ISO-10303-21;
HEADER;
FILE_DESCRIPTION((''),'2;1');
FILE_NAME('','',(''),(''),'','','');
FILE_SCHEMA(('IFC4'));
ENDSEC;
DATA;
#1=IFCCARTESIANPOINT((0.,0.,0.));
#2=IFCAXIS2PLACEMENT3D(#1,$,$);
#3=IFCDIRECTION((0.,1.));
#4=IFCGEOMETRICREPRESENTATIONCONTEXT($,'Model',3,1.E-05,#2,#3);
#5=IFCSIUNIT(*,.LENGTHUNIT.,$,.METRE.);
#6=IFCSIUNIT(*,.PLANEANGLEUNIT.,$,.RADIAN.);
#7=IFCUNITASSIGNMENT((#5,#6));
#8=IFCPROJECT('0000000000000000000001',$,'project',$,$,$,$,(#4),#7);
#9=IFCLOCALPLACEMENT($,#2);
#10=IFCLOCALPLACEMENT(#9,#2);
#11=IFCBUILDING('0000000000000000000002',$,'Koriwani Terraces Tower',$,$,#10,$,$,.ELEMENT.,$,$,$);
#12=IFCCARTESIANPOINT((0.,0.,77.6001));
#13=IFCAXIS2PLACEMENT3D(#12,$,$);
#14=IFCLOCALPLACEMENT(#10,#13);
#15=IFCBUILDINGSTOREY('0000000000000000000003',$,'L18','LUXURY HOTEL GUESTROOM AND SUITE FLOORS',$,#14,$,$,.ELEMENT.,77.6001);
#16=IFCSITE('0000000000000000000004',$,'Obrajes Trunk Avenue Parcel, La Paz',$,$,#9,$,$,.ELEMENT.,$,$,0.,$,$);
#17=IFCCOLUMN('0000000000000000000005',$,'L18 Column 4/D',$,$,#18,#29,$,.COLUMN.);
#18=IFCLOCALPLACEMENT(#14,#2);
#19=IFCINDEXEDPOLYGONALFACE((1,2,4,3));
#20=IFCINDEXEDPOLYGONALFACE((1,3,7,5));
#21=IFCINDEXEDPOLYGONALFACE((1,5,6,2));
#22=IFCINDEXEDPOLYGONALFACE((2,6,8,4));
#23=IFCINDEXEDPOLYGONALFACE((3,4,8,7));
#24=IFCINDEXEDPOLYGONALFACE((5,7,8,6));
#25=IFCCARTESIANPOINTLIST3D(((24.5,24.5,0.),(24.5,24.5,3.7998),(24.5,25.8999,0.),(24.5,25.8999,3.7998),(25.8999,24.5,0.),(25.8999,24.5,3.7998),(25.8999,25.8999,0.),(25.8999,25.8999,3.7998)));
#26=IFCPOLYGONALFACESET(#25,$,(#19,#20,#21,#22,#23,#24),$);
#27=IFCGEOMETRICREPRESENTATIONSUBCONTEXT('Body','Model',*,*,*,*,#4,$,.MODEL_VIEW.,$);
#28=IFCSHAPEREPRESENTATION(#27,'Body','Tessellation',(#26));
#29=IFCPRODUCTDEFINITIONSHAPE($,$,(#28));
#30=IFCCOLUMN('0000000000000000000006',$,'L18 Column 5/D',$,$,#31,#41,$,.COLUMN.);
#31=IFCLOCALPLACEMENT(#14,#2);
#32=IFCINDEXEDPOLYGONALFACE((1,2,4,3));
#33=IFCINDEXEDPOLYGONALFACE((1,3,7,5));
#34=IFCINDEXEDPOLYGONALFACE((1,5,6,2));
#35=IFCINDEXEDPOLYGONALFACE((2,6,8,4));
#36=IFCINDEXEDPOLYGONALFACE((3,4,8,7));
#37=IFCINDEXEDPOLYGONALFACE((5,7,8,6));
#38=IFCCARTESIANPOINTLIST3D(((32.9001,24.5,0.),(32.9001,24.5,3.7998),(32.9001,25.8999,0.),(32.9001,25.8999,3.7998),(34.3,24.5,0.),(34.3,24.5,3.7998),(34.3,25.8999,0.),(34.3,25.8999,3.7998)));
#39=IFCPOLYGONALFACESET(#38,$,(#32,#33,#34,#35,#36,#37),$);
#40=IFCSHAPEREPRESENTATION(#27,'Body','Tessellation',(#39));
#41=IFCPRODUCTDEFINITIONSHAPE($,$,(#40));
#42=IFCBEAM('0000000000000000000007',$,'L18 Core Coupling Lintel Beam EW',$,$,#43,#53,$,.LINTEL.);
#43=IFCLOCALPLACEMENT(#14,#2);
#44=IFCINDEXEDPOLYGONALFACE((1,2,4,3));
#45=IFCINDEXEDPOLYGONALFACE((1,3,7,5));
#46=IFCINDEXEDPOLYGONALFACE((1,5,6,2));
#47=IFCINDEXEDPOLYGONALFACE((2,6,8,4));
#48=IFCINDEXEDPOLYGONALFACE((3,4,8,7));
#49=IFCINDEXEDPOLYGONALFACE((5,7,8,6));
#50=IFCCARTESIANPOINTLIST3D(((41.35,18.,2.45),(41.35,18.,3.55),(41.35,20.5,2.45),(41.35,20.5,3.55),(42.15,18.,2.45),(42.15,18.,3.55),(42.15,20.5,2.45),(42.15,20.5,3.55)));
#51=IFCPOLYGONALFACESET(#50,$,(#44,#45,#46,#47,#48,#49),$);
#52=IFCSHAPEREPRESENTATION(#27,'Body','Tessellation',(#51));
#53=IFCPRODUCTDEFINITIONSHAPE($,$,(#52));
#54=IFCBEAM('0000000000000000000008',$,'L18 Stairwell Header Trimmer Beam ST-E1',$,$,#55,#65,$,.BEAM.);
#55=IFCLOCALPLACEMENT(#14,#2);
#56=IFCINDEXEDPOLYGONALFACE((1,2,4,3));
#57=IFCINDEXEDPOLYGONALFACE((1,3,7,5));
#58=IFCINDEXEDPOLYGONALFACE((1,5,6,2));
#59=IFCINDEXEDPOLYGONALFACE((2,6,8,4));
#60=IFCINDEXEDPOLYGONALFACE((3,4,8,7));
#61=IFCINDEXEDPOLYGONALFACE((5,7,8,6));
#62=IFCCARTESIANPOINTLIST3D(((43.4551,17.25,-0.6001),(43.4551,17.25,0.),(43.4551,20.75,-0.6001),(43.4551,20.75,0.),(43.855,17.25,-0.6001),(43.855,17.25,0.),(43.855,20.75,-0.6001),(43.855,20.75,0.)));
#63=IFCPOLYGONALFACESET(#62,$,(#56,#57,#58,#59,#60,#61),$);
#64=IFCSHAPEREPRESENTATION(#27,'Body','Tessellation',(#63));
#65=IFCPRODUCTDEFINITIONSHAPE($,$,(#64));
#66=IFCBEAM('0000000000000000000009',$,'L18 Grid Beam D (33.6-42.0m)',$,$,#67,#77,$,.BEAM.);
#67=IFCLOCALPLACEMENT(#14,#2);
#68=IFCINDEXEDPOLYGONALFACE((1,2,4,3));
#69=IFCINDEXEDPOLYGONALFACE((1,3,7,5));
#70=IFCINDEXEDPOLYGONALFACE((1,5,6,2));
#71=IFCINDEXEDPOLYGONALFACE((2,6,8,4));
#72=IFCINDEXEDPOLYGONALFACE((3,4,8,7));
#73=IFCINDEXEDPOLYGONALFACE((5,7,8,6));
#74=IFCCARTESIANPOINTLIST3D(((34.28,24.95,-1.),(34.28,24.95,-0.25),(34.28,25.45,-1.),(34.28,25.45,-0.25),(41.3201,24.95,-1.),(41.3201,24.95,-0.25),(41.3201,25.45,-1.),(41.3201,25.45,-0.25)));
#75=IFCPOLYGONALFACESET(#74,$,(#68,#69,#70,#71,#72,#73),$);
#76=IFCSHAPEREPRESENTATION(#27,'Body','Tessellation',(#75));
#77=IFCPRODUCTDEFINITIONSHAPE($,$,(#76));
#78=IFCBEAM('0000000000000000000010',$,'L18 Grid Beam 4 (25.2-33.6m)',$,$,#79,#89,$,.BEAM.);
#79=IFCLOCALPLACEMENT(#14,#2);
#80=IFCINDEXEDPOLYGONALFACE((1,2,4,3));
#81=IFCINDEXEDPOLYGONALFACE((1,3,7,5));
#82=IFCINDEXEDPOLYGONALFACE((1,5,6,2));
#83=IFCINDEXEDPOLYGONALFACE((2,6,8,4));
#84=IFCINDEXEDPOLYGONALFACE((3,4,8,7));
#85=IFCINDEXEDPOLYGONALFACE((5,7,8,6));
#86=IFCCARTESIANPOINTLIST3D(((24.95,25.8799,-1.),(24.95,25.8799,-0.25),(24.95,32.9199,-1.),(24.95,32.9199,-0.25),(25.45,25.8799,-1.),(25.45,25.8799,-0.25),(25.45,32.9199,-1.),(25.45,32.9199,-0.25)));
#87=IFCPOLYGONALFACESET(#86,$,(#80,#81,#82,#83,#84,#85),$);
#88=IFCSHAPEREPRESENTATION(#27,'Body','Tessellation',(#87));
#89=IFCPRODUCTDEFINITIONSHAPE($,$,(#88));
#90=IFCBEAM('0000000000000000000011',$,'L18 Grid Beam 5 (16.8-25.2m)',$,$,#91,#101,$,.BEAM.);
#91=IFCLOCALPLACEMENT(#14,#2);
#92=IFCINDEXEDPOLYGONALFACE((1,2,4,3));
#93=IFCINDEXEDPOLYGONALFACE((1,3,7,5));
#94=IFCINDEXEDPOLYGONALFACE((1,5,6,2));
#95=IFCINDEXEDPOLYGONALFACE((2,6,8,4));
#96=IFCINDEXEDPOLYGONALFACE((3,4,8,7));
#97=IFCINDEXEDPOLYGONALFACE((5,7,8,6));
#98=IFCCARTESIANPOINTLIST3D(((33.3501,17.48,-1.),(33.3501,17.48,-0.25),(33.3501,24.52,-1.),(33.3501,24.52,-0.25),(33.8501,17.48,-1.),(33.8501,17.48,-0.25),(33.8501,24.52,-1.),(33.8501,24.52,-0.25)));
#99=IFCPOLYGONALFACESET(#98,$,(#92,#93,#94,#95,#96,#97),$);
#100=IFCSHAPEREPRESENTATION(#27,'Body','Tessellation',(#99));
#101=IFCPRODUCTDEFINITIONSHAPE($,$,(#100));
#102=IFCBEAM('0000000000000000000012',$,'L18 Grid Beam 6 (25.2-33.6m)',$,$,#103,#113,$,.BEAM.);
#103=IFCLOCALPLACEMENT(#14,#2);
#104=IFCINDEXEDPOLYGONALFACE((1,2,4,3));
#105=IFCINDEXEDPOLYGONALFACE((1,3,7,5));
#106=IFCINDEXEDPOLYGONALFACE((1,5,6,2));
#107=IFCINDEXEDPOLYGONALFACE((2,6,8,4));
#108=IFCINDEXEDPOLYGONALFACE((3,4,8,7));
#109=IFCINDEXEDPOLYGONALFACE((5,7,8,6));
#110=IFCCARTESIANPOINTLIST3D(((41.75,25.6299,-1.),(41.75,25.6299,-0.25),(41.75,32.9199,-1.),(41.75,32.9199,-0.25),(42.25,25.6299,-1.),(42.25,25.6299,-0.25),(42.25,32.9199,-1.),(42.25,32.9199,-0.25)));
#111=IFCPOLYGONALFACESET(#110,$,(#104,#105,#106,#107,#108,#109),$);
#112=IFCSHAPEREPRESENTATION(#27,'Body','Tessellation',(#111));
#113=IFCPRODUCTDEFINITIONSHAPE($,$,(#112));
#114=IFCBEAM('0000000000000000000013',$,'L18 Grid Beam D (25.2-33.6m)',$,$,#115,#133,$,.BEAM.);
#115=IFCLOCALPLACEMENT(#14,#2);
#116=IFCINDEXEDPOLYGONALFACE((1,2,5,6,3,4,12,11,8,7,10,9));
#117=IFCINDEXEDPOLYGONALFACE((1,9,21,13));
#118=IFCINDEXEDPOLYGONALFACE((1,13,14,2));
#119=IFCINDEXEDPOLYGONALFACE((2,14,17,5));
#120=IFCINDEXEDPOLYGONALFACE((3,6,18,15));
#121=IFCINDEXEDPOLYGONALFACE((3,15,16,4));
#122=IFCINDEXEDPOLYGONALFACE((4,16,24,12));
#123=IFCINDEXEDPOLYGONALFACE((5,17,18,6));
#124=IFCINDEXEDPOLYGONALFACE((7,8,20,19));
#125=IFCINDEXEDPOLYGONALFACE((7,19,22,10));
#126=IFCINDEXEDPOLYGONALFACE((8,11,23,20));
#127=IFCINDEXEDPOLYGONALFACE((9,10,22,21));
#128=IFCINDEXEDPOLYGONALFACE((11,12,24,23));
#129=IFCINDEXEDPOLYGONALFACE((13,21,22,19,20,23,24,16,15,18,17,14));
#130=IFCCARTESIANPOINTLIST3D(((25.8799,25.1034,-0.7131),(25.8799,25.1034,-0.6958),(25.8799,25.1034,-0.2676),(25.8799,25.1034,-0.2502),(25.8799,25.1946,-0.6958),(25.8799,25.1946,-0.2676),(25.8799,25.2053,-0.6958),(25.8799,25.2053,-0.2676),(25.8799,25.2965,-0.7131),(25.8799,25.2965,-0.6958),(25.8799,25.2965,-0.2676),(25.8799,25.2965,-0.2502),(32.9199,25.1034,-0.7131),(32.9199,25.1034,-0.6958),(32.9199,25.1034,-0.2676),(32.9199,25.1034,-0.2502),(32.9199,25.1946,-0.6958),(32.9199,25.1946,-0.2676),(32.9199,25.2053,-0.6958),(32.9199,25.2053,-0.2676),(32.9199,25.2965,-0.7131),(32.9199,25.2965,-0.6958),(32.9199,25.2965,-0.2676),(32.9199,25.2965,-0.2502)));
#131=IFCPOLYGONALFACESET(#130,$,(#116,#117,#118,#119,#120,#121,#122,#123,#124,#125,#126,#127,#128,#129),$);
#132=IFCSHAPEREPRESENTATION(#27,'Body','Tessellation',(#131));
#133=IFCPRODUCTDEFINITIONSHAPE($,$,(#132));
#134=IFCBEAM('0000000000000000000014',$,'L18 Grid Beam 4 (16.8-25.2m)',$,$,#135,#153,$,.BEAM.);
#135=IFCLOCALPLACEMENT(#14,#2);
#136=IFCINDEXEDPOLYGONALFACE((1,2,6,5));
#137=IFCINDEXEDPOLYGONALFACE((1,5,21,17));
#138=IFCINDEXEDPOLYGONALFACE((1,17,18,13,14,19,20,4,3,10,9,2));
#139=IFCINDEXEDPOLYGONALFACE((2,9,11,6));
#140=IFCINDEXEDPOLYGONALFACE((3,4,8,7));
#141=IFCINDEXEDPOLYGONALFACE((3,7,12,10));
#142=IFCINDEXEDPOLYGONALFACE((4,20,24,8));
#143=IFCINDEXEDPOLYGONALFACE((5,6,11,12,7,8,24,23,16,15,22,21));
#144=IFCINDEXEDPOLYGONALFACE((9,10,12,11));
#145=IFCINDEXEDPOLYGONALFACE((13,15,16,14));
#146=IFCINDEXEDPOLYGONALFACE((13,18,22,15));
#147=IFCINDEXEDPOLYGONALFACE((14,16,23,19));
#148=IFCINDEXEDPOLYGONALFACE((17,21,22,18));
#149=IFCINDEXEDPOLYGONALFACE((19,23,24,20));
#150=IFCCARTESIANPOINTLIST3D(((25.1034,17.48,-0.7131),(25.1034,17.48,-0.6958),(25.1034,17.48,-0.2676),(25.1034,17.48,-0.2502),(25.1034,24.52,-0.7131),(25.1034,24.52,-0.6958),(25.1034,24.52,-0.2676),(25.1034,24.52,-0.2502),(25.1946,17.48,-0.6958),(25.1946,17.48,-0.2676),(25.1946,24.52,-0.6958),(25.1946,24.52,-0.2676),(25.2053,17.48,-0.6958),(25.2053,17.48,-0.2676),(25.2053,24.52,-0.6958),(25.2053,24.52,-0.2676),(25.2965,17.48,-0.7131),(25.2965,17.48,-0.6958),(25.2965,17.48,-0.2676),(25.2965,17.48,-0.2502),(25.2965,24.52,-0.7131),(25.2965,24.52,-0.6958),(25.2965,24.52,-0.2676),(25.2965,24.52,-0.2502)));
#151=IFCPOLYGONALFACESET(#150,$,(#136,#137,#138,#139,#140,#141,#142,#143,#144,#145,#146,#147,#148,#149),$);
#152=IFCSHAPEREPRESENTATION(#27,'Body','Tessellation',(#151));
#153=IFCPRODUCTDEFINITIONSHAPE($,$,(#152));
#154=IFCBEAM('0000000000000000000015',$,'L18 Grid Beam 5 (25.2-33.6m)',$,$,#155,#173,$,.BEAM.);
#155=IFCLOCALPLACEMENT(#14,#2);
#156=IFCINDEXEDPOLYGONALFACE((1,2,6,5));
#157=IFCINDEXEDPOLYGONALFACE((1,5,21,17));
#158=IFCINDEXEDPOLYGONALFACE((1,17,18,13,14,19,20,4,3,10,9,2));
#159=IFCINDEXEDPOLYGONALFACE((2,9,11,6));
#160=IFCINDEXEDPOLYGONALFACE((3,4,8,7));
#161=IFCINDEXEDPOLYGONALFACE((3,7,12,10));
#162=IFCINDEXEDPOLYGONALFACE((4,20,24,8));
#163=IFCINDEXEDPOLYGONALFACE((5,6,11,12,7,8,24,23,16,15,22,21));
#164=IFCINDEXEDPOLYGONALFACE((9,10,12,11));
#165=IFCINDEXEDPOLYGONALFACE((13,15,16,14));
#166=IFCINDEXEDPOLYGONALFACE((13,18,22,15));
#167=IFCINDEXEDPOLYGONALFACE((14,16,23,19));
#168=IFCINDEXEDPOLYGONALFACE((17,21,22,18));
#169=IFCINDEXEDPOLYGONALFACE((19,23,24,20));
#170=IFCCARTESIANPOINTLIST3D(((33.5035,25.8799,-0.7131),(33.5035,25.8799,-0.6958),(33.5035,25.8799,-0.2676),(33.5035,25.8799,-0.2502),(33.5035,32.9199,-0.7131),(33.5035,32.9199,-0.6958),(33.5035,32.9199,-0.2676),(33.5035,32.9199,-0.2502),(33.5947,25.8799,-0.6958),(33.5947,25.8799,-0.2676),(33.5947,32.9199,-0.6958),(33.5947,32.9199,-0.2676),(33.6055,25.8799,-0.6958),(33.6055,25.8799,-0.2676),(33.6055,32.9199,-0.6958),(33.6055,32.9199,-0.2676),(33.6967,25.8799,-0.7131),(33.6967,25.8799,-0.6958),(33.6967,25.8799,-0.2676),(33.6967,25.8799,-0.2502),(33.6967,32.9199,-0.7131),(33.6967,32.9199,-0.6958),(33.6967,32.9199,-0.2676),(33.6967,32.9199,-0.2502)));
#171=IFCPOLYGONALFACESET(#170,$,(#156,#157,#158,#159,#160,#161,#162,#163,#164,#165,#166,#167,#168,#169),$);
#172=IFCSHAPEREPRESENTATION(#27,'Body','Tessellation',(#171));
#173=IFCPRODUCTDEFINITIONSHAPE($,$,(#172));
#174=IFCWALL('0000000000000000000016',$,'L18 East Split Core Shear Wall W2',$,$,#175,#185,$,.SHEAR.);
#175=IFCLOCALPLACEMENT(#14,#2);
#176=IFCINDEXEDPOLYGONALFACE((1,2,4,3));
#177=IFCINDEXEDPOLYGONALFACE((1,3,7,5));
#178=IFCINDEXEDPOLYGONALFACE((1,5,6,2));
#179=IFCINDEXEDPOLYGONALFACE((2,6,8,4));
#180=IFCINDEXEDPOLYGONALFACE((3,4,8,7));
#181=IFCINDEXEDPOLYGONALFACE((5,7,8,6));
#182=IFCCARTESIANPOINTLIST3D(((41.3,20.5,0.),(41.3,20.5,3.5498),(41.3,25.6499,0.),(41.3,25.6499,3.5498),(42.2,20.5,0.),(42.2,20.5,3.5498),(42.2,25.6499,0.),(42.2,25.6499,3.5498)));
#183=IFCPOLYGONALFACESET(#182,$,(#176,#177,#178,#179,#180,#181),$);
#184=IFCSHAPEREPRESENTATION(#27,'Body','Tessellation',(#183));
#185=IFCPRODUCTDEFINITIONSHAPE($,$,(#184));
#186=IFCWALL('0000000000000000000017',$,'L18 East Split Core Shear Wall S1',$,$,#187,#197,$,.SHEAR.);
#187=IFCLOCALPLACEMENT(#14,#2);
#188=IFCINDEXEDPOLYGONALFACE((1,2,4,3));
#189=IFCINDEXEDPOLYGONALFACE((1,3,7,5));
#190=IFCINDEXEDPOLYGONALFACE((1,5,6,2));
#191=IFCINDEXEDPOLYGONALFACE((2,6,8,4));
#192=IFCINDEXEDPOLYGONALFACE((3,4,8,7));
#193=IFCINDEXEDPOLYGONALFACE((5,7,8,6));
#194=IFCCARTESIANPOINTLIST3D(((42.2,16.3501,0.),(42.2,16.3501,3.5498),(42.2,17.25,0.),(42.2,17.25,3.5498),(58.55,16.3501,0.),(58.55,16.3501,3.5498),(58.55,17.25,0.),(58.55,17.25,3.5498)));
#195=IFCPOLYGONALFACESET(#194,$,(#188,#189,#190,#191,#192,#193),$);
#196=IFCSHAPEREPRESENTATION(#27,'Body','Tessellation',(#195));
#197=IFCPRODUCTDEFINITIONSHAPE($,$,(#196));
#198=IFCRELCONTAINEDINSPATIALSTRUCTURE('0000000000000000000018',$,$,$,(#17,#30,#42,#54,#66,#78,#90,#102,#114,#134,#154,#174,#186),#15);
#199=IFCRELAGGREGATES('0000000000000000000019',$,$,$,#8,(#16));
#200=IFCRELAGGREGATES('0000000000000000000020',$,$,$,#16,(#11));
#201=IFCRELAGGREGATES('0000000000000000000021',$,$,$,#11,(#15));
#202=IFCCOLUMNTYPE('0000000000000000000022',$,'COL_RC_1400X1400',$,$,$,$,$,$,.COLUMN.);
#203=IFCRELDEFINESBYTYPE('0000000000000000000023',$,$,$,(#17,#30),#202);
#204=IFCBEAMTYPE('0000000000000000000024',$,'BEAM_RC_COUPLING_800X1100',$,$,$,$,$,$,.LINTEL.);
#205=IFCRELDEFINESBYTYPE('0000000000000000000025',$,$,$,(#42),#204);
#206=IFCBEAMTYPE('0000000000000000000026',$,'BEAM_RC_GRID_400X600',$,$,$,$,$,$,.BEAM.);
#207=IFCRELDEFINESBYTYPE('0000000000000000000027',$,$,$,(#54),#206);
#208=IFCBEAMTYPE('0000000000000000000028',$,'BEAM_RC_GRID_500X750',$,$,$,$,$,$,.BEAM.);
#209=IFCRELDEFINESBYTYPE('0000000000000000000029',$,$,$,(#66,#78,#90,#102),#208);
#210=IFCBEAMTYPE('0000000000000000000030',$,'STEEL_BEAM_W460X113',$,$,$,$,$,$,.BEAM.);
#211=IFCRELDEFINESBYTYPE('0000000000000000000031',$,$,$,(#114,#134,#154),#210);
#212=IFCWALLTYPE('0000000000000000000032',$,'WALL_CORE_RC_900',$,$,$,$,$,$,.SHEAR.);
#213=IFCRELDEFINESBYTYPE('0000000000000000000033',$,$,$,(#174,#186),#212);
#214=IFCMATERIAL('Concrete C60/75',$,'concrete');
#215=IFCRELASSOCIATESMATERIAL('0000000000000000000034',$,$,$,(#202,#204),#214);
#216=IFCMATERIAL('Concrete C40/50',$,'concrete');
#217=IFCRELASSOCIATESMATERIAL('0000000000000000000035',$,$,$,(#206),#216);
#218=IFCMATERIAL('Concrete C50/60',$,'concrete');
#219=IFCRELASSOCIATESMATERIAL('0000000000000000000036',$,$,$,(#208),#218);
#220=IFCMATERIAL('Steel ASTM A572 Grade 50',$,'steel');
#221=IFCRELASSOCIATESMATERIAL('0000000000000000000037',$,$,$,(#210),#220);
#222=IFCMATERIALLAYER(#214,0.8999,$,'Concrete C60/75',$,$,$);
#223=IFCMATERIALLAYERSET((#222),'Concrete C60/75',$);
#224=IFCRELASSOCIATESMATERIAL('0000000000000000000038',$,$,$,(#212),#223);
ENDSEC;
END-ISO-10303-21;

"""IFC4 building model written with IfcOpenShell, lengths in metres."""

from ifc_helpers import new_model, si_unit, direction, frame, frame_2d, origin, origin_2d, place, context, subcontext, project, spatial, rectangle, i_section, extrude, material, layer, layer_set, material_profile, profile_set, type_object, element, save


model = new_model("IFC4")

# Units and contexts
model_context = context("Model", 3, precision=1e-05, world=origin(), true_north=direction((0.0, 1.0)))
body_context = subcontext(model_context, "Body", "Model", "MODEL_VIEW")
ifc_project = project(units=[si_unit("LENGTHUNIT", "METRE"), si_unit("PLANEANGLEUNIT", "RADIAN")], contexts=[model_context])

# Site, building, storey
site_placement = place(None, origin())
site = spatial("IfcSite", under=ifc_project, at=site_placement, Name="Obrajes Trunk Avenue Parcel, La Paz", CompositionType="ELEMENT", RefElevation=0.0)
building_placement = place(site_placement, origin())
building = spatial("IfcBuilding", under=site, at=building_placement, Name="Koriwani Terraces Tower", CompositionType="ELEMENT")
storey_placement = place(building_placement, frame((0.0, 0.0, 77.6001)))
storey = spatial("IfcBuildingStorey", under=building, at=storey_placement, Name="L18", Description="LUXURY HOTEL GUESTROOM AND SUITE FLOORS", CompositionType="ELEMENT", Elevation=77.6001)

# Columns
ifc_material_1 = material(Name="Concrete C60/75", Category="concrete")
ifc_material_profile_1 = material_profile(ifc_material_1, rectangle(XDim=1.3999, YDim=1.3999, at=origin_2d()), Name="Concrete C60/75", Category="LoadBearing")
ifc_profile_set_1 = profile_set([ifc_material_profile_1], Name="Concrete C60/75")
column_type = type_object("IfcColumnType", Name="COL_RC_1400X1400", PredefinedType="COLUMN", material=ifc_profile_set_1)
for number, where, z_axis, x_axis, name in (
    (1, (25.2, 25.2, 0.0), (0.0, 0.0, 1.0), (1.0, 0.0, 0.0), "L18 Column 4/D"),
    (2, (33.6001, 25.2, 0.0), (0.0, 0.0, 1.0), (1.0, 0.0, 0.0), "L18 Column 5/D"),
):
    element("IfcColumn", number, at=place(storey_placement, frame(where, z_axis=z_axis, x_axis=x_axis)), inside=storey, type_object=column_type, Name=name, PredefinedType="COLUMN", context=body_context, shape_type="SweptSolid", body=[
        extrude(rectangle(XDim=1.3999, YDim=1.3999, at=origin_2d()), origin(), (0.0, 0.0, 1.0), 3.7998),
    ])

# Beams
ifc_material_profile_2 = material_profile(ifc_material_1, rectangle(XDim=0.8, YDim=1.1001, at=origin_2d()), Name="Concrete C60/75", Category="LoadBearing")
ifc_profile_set_2 = profile_set([ifc_material_profile_2], Name="Concrete C60/75")
beam_type_1 = type_object("IfcBeamType", Name="BEAM_RC_COUPLING_800X1100", PredefinedType="LINTEL", material=ifc_profile_set_2)
beam_1_placement = place(storey_placement, frame((41.75, 18.0, 3.0), z_axis=(0.0, 1.0, 0.0), x_axis=(-1.0, 0.0, 0.0)))
element("IfcBeam", 3, at=beam_1_placement, inside=storey, type_object=beam_type_1, Name="L18 Core Coupling Lintel Beam EW", PredefinedType="LINTEL", context=body_context, shape_type="SweptSolid", body=[
    extrude(rectangle(XDim=0.8, YDim=1.1001, at=origin_2d()), origin(), (0.0, 0.0, 1.0), 2.5),
])
ifc_material_2 = material(Name="Concrete C40/50", Category="concrete")
ifc_material_profile_3 = material_profile(ifc_material_2, rectangle(XDim=0.3999, YDim=0.6001, at=origin_2d()), Name="Concrete C40/50", Category="LoadBearing")
ifc_profile_set_3 = profile_set([ifc_material_profile_3], Name="Concrete C40/50")
beam_type_2 = type_object("IfcBeamType", Name="BEAM_RC_GRID_400X600", PredefinedType="BEAM", material=ifc_profile_set_3)
beam_2_placement = place(storey_placement, frame((43.655, 17.25, -0.3), z_axis=(0.0, 1.0, 0.0), x_axis=(-1.0, 0.0, 0.0)))
element("IfcBeam", 4, at=beam_2_placement, inside=storey, type_object=beam_type_2, Name="L18 Stairwell Header Trimmer Beam ST-E1", PredefinedType="BEAM", context=body_context, shape_type="SweptSolid", body=[
    extrude(rectangle(XDim=0.3999, YDim=0.6001, at=origin_2d()), origin(), (0.0, 0.0, 1.0), 3.5),
])
ifc_material_3 = material(Name="Concrete C50/60", Category="concrete")
ifc_material_profile_4 = material_profile(ifc_material_3, rectangle(XDim=0.5, YDim=0.75, at=origin_2d()), Name="Concrete C50/60", Category="LoadBearing")
ifc_profile_set_4 = profile_set([ifc_material_profile_4], Name="Concrete C50/60")
beam_type_3 = type_object("IfcBeamType", Name="BEAM_RC_GRID_500X750", PredefinedType="BEAM", material=ifc_profile_set_4)
for number, where, z_axis, x_axis, name in (
    (5, (34.28, 25.2, -0.625), (1.0, 0.0, 0.0), (0.0, 1.0, 0.0), "L18 Grid Beam D (33.6-42.0m)"),
    (6, (25.2, 25.8799, -0.625), (0.0, 1.0, 0.0), (-1.0, 0.0, 0.0), "L18 Grid Beam 4 (25.2-33.6m)"),
    (7, (33.6001, 17.48, -0.625), (0.0, 1.0, 0.0), (-1.0, 0.0, 0.0), "L18 Grid Beam 5 (16.8-25.2m)"),
):
    element("IfcBeam", number, at=place(storey_placement, frame(where, z_axis=z_axis, x_axis=x_axis)), inside=storey, type_object=beam_type_3, Name=name, PredefinedType="BEAM", context=body_context, shape_type="SweptSolid", body=[
        extrude(rectangle(XDim=0.5, YDim=0.75, at=origin_2d()), origin(), (0.0, 0.0, 1.0), 7.04),
    ])
beam_3_placement = place(storey_placement, frame((42.0, 25.6299, -0.625), z_axis=(0.0, 1.0, 0.0), x_axis=(-1.0, 0.0, 0.0)))
element("IfcBeam", 8, at=beam_3_placement, inside=storey, type_object=beam_type_3, Name="L18 Grid Beam 6 (25.2-33.6m)", PredefinedType="BEAM", context=body_context, shape_type="SweptSolid", body=[
    extrude(rectangle(XDim=0.5, YDim=0.75, at=origin_2d()), origin(), (0.0, 0.0, 1.0), 7.29),
])
ifc_material_4 = material(Name="Steel ASTM A572 Grade 50", Category="steel")
ifc_material_profile_5 = material_profile(ifc_material_4, i_section(OverallWidth=0.1931, OverallDepth=0.4629, WebThickness=0.0107, FlangeThickness=0.0173, at=origin_2d()), Name="Steel ASTM A572 Grade 50", Category="LoadBearing")
ifc_profile_set_5 = profile_set([ifc_material_profile_5], Name="Steel ASTM A572 Grade 50")
beam_type_4 = type_object("IfcBeamType", Name="STEEL_BEAM_W460X113", PredefinedType="BEAM", material=ifc_profile_set_5)
for number, where, z_axis, x_axis, name in (
    (9, (25.8799, 25.2, -0.4817), (1.0, 0.0, 0.0), (0.0, 1.0, 0.0), "L18 Grid Beam D (25.2-33.6m)"),
    (10, (25.2, 17.48, -0.4817), (0.0, 1.0, 0.0), (-1.0, 0.0, 0.0), "L18 Grid Beam 4 (16.8-25.2m)"),
    (11, (33.6001, 25.8799, -0.4817), (0.0, 1.0, 0.0), (-1.0, 0.0, 0.0), "L18 Grid Beam 5 (25.2-33.6m)"),
):
    element("IfcBeam", number, at=place(storey_placement, frame(where, z_axis=z_axis, x_axis=x_axis)), inside=storey, type_object=beam_type_4, Name=name, PredefinedType="BEAM", context=body_context, shape_type="SweptSolid", body=[
        extrude(i_section(OverallWidth=0.1931, OverallDepth=0.4629, WebThickness=0.0107, FlangeThickness=0.0173, at=origin_2d()), origin(), (0.0, 0.0, 1.0), 7.04),
    ])

# Walls
ifc_layer_1 = layer(ifc_material_1, 0.8999, Name="Concrete C60/75")
ifc_layer_set_1 = layer_set([ifc_layer_1], Name="Concrete C60/75")
wall_type_1 = type_object("IfcWallType", Name="WALL_CORE_RC_900", PredefinedType="SHEAR", material=ifc_layer_set_1)
wall_1_placement = place(storey_placement, frame((41.75, 20.5, 0.0), z_axis=(0.0, 0.0, 1.0), x_axis=(0.0, 1.0, 0.0)))
element("IfcWall", 12, at=wall_1_placement, inside=storey, type_object=wall_type_1, Name="L18 East Split Core Shear Wall W2", PredefinedType="SHEAR", context=body_context, shape_type="SweptSolid", body=[
    extrude(rectangle(XDim=5.1499, YDim=0.8999, at=frame_2d((2.575, 0.0))), origin(), (0.0, 0.0, 1.0), 3.5498),
])
wall_2_placement = place(storey_placement, frame((42.2, 16.8, 0.0), z_axis=(0.0, 0.0, 1.0), x_axis=(1.0, 0.0, 0.0)))
element("IfcWall", 13, at=wall_2_placement, inside=storey, type_object=wall_type_1, Name="L18 East Split Core Shear Wall S1", PredefinedType="SHEAR", context=body_context, shape_type="SweptSolid", body=[
    extrude(rectangle(XDim=16.3501, YDim=0.8999, at=frame_2d((8.175, 0.0))), origin(), (0.0, 0.0, 1.0), 3.5498),
])

save(model, "model.ifc")
